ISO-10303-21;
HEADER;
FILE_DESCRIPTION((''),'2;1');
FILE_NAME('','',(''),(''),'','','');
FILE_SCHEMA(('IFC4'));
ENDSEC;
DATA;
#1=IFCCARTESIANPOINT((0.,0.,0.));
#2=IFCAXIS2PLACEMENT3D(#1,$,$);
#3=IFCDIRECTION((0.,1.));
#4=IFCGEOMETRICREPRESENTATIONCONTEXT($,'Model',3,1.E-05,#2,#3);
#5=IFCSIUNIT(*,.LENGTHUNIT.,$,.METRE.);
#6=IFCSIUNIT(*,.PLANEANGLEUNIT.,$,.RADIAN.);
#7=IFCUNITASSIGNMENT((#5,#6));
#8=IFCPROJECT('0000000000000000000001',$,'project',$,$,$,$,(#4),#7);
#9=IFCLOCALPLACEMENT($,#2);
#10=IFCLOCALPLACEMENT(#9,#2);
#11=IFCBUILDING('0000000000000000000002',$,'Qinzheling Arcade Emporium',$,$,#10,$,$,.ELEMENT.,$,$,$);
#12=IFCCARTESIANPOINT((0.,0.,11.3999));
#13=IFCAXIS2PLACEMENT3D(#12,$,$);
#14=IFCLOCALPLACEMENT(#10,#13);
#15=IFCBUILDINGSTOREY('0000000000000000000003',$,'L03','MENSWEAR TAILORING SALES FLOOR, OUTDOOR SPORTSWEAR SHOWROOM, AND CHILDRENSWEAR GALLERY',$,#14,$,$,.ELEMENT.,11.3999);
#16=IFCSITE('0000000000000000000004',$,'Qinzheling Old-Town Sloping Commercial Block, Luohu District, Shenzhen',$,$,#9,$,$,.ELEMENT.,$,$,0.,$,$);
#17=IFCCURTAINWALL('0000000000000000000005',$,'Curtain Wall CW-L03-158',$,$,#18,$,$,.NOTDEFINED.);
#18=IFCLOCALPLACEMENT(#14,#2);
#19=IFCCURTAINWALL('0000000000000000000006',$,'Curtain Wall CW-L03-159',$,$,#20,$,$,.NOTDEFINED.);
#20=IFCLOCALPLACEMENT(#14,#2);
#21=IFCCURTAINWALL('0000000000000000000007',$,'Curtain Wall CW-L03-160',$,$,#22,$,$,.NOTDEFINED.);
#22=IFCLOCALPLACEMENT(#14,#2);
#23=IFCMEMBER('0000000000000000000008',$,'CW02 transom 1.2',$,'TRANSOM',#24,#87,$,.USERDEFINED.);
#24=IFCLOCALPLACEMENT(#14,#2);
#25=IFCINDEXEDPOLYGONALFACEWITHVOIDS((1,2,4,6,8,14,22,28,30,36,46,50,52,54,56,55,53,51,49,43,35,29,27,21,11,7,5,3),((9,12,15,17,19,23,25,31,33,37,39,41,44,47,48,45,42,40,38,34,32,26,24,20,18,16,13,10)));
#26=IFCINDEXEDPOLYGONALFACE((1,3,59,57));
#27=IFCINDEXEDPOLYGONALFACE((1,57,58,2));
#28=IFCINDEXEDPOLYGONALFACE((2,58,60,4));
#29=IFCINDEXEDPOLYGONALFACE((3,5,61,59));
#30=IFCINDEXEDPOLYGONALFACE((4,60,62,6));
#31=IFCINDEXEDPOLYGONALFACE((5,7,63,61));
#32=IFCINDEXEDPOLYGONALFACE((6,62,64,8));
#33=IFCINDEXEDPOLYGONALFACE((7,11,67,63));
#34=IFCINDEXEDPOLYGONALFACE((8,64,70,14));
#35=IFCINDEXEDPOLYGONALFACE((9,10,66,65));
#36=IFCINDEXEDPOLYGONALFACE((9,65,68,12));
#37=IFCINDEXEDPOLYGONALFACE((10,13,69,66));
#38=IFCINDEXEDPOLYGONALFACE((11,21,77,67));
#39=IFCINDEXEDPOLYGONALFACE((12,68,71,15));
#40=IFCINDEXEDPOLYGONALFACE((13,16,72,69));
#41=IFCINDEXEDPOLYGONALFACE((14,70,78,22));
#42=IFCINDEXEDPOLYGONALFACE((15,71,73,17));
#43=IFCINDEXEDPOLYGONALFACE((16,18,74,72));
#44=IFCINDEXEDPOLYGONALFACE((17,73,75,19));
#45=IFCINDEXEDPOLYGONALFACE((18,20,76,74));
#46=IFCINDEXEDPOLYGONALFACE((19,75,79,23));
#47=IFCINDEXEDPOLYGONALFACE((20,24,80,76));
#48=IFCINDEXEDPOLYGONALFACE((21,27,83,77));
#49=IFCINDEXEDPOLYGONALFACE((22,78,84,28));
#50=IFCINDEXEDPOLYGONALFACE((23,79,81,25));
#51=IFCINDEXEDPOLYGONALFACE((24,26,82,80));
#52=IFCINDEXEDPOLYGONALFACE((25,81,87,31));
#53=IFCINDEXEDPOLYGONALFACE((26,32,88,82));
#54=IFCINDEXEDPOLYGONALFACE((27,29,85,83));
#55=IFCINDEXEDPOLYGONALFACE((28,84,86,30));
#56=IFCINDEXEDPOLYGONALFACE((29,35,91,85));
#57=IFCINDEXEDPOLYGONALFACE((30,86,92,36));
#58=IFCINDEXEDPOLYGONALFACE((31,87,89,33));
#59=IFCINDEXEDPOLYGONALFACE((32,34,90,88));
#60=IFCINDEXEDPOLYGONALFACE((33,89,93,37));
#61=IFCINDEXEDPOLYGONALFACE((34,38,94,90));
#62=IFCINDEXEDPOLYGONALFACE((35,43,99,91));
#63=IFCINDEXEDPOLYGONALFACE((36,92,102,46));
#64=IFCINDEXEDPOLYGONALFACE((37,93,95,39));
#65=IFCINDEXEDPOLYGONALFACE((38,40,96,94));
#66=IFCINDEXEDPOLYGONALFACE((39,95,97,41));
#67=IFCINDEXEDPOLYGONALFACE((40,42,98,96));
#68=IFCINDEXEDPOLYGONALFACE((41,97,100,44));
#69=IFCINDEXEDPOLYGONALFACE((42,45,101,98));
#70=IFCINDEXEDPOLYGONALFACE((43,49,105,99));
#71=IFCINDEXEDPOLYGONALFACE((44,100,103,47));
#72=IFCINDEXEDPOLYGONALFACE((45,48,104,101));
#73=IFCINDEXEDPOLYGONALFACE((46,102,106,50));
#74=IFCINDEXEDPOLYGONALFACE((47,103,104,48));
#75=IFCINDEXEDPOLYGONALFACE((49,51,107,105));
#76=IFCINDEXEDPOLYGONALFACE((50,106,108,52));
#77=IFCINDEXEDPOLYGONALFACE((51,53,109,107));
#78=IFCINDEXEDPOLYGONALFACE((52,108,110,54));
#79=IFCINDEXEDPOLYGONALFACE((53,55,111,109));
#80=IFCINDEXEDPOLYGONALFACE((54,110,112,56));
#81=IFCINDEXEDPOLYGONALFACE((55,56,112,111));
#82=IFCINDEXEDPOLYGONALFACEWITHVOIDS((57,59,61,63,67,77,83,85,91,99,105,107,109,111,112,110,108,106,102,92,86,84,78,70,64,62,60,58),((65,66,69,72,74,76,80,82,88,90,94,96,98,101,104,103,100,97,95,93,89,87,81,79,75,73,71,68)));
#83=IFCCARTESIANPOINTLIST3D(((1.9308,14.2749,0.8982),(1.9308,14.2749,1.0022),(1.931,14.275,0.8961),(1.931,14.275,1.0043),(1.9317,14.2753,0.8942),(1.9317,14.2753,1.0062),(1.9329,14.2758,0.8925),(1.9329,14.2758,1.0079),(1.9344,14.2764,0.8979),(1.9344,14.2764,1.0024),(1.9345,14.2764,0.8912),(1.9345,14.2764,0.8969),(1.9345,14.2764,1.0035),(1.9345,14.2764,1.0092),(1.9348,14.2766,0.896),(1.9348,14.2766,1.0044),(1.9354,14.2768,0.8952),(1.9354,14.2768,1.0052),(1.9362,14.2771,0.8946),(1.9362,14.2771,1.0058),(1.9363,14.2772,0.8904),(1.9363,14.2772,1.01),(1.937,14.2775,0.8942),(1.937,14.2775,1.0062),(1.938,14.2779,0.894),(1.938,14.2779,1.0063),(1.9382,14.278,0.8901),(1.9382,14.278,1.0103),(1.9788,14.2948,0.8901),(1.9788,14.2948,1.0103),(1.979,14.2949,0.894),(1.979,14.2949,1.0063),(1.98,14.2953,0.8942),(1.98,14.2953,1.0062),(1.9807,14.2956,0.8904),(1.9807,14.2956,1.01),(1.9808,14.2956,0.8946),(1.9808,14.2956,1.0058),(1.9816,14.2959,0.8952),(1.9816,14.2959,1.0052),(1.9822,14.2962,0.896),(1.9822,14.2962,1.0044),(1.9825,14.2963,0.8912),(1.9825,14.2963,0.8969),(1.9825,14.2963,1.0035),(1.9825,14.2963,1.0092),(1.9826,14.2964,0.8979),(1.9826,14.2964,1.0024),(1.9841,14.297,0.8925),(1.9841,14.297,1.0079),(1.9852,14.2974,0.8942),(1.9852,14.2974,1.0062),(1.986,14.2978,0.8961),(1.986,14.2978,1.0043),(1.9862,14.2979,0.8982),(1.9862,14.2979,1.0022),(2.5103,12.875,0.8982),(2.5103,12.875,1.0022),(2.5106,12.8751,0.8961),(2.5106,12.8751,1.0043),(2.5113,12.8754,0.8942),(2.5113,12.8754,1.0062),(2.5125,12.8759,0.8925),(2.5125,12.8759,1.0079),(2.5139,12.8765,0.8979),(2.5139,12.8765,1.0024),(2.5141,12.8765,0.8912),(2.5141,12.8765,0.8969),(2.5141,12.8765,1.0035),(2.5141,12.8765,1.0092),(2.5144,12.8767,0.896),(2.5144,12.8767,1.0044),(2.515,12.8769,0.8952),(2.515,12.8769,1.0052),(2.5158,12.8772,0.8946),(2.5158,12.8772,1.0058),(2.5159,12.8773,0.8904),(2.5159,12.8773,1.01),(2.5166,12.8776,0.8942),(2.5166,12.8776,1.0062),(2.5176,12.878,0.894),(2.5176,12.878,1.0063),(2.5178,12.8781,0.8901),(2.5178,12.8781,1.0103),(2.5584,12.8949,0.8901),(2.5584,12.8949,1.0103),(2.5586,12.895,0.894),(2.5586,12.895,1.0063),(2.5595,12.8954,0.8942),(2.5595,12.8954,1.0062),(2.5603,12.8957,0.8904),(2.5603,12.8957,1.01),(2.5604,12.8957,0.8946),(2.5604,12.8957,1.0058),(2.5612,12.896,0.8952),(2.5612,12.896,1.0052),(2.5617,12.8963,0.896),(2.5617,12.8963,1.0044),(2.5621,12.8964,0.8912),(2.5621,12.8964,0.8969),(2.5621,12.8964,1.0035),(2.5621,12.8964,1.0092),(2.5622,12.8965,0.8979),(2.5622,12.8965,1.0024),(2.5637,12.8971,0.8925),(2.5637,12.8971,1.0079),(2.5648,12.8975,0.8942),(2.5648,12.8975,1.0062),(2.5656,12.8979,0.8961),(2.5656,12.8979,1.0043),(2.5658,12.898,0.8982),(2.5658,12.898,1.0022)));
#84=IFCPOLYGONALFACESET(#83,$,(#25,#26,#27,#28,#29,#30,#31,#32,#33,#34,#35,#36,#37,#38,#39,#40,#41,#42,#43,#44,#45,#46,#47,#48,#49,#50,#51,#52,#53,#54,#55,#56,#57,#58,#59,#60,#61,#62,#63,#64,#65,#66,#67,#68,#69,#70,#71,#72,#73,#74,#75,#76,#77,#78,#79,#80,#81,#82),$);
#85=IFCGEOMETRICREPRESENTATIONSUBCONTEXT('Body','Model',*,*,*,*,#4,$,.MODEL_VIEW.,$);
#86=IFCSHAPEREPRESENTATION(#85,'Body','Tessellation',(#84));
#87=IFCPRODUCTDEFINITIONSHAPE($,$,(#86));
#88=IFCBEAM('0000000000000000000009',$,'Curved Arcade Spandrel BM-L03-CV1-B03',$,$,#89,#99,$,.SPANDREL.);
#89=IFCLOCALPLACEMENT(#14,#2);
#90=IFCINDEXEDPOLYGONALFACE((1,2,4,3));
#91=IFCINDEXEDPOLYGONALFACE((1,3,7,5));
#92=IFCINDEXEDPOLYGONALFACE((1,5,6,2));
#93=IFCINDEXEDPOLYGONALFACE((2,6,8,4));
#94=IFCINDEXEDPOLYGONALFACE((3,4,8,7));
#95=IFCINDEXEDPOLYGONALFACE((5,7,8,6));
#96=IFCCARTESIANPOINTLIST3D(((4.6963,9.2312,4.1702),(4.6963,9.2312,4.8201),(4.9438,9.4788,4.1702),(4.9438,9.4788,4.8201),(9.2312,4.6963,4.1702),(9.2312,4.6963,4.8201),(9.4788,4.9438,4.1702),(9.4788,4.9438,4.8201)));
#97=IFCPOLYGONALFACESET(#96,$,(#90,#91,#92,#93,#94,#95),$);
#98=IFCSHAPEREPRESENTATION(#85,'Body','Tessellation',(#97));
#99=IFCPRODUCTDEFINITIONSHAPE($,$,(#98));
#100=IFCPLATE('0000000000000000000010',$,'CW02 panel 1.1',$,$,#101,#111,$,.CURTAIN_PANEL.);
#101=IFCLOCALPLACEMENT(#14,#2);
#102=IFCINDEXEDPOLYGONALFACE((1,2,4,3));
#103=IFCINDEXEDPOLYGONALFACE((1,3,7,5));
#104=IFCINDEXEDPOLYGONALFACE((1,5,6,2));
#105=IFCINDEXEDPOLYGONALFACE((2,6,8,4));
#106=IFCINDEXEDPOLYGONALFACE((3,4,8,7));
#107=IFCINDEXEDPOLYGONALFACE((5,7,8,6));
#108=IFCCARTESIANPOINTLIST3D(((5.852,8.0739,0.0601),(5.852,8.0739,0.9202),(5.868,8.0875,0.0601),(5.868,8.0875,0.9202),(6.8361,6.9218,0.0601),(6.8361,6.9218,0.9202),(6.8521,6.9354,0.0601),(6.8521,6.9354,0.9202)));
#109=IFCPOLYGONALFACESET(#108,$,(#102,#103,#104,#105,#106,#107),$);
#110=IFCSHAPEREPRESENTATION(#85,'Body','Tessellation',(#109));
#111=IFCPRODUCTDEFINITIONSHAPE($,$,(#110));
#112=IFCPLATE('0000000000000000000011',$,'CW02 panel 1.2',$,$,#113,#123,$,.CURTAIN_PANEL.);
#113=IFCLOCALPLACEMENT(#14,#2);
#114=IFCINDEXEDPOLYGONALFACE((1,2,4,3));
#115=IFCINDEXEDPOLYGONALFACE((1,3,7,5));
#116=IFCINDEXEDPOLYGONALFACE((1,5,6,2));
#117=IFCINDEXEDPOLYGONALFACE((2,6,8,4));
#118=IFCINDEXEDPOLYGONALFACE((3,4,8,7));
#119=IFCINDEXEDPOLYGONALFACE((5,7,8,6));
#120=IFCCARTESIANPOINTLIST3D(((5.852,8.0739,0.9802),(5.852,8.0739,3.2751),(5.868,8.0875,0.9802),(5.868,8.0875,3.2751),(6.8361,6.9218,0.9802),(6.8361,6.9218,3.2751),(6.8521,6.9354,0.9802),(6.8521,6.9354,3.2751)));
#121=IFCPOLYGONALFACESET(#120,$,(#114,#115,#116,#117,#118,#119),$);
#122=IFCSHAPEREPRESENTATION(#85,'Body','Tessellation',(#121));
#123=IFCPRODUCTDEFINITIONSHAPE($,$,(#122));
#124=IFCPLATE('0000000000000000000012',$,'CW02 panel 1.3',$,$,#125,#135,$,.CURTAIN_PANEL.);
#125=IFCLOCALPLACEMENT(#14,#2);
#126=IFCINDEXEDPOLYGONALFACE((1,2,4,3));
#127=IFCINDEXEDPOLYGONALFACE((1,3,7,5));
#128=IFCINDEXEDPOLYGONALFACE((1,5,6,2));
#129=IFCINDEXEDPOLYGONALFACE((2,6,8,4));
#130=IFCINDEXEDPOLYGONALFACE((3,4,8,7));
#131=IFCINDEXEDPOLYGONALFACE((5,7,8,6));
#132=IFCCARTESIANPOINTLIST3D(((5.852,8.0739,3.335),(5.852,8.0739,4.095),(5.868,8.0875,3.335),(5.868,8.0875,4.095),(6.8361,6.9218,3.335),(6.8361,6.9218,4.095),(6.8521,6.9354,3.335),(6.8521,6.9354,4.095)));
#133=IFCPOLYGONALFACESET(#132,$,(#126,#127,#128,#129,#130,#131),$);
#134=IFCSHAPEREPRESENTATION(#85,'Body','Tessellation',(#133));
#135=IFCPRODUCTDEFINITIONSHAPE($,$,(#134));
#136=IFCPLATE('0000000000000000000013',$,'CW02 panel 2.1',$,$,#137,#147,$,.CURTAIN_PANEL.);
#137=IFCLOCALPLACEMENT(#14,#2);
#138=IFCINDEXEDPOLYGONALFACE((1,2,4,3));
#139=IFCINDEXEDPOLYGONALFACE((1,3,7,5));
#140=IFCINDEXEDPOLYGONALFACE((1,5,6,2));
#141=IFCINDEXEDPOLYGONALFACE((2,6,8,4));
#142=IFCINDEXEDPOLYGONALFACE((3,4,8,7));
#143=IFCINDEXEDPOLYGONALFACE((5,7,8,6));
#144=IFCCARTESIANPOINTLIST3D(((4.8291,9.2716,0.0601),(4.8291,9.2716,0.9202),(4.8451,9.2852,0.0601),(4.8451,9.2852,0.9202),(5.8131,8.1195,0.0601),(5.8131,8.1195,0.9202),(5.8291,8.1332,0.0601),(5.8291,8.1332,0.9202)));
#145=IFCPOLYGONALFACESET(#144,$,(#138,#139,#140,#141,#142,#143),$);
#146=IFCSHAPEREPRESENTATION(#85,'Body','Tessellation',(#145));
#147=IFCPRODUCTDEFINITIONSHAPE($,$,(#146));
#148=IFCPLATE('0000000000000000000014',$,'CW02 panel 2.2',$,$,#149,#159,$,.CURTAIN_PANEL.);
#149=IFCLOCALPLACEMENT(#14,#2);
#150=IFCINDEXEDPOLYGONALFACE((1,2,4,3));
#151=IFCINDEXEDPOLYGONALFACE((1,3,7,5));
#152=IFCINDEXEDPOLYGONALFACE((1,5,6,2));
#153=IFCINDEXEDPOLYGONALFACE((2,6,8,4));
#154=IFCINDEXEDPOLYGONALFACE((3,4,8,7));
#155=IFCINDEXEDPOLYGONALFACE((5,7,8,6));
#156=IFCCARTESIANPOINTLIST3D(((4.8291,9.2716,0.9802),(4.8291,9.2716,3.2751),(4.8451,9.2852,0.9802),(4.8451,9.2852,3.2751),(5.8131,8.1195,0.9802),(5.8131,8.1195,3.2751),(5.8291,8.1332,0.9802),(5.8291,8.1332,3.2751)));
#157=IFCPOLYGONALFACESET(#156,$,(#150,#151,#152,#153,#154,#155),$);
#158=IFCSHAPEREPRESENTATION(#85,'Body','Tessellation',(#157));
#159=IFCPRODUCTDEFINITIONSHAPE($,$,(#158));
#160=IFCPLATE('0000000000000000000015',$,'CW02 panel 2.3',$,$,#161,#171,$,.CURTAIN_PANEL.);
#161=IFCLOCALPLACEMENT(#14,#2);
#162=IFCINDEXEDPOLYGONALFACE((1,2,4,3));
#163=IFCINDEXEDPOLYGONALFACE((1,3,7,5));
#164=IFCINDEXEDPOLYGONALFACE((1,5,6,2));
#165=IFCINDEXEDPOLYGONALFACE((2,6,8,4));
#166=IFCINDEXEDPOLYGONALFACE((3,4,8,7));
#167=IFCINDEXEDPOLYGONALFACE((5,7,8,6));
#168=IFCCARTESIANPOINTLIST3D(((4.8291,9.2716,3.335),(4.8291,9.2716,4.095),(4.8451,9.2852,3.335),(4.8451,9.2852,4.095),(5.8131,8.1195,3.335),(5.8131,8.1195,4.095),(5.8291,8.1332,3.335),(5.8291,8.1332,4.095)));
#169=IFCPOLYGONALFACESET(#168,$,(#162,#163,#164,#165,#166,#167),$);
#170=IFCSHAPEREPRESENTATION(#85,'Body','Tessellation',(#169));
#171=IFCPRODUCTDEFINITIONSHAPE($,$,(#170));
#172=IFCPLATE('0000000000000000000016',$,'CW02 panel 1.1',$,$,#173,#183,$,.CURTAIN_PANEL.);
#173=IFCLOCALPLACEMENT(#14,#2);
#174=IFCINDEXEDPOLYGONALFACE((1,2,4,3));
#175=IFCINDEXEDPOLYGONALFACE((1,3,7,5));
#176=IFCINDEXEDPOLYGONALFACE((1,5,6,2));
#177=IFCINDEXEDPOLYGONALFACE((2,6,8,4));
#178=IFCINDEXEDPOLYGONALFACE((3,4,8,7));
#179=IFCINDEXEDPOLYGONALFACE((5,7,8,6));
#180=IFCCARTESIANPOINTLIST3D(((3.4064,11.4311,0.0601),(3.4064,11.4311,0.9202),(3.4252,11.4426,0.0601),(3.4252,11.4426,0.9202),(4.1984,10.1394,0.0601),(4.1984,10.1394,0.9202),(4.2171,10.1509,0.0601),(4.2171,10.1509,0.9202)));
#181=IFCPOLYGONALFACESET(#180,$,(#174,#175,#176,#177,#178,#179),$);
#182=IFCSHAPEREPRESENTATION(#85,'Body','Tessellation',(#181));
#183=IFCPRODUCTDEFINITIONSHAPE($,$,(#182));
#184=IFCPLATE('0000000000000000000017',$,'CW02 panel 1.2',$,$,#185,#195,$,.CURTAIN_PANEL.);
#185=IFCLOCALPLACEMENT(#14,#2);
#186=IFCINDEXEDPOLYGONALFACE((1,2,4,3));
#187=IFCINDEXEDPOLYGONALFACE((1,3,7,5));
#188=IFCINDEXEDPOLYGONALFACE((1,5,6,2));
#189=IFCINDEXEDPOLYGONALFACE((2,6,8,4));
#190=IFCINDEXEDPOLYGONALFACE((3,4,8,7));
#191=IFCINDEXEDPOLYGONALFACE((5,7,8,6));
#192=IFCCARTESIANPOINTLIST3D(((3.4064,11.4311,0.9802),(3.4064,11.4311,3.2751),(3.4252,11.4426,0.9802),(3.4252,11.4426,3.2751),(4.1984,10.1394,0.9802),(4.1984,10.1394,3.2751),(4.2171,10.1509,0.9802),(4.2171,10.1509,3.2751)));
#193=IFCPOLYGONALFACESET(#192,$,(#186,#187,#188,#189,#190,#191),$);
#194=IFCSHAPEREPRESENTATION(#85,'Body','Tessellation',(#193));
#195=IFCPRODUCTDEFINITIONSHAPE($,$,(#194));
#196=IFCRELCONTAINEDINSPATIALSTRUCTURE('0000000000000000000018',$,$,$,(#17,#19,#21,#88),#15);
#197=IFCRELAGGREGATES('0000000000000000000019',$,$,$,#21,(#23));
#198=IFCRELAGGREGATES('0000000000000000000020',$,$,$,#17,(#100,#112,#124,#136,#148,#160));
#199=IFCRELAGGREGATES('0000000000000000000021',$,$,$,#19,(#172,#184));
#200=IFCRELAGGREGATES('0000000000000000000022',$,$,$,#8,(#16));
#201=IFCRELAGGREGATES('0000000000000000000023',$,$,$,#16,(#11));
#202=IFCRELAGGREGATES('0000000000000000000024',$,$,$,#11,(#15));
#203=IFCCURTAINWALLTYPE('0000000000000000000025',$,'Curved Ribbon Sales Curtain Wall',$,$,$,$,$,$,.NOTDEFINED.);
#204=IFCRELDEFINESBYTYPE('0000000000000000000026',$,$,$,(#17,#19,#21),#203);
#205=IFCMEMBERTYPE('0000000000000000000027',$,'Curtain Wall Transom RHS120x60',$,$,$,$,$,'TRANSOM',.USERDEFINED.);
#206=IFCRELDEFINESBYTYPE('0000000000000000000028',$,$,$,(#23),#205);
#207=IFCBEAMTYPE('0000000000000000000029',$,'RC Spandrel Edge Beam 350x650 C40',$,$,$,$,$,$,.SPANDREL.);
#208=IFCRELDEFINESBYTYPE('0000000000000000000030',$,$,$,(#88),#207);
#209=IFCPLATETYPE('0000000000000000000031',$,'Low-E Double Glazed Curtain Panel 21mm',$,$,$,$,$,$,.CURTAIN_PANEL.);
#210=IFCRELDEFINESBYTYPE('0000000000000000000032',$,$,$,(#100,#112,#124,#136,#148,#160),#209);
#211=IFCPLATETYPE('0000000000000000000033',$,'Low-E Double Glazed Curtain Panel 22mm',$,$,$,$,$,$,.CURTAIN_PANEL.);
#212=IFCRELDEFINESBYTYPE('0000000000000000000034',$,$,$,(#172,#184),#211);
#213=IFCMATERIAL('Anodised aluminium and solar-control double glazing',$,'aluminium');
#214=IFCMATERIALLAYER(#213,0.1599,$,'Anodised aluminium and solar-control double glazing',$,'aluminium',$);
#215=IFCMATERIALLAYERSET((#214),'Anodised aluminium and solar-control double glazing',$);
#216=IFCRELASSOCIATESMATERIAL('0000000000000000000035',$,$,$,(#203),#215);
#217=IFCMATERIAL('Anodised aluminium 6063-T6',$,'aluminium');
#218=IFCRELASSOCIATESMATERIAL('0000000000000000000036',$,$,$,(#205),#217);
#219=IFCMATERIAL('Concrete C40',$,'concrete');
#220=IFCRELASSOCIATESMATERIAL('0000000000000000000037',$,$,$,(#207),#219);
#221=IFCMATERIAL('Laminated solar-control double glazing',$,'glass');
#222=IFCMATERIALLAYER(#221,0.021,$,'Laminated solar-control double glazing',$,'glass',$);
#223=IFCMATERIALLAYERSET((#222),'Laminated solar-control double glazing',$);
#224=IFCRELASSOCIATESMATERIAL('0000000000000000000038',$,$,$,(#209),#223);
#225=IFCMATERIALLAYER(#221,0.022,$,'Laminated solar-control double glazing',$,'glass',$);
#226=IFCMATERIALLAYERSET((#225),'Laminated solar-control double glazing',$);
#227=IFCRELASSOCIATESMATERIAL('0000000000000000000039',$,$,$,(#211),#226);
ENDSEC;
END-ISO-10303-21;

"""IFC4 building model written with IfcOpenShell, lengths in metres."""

from ifc_helpers import new_model, si_unit, direction, frame, origin, origin_2d, place, context, subcontext, project, spatial, rectangle, hollow_rectangle, extrude, material, layer, layer_set, material_profile, profile_set, type_object, element, aggregate, save


model = new_model("IFC4")

# Units and contexts
model_context = context("Model", 3, precision=1e-05, world=origin(), true_north=direction((0.0, 1.0)))
body_context = subcontext(model_context, "Body", "Model", "MODEL_VIEW")
ifc_project = project(units=[si_unit("LENGTHUNIT", "METRE"), si_unit("PLANEANGLEUNIT", "RADIAN")], contexts=[model_context])

# Site, building, storey
site_placement = place(None, origin())
site = spatial("IfcSite", under=ifc_project, at=site_placement, Name="Qinzheling Old-Town Sloping Commercial Block, Luohu District, Shenzhen", CompositionType="ELEMENT", RefElevation=0.0)
building_placement = place(site_placement, origin())
building = spatial("IfcBuilding", under=site, at=building_placement, Name="Qinzheling Arcade Emporium", CompositionType="ELEMENT")
storey_placement = place(building_placement, frame((0.0, 0.0, 11.3999)))
storey = spatial("IfcBuildingStorey", under=building, at=storey_placement, Name="L03", Description="MENSWEAR TAILORING SALES FLOOR, OUTDOOR SPORTSWEAR SHOWROOM, AND CHILDRENSWEAR GALLERY", CompositionType="ELEMENT", Elevation=11.3999)

# Curtain walls
ifc_material_1 = material(Name="Anodised aluminium and solar-control double glazing", Category="aluminium")
ifc_layer_1 = layer(ifc_material_1, 0.1599, Name="Anodised aluminium and solar-control double glazing", Category="aluminium")
ifc_layer_set_1 = layer_set([ifc_layer_1], Name="Anodised aluminium and solar-control double glazing")
curtain_wall_type = type_object("IfcCurtainWallType", Name="Curved Ribbon Sales Curtain Wall", PredefinedType="NOTDEFINED", material=ifc_layer_set_1)
curtain_wall_1_placement = place(storey_placement, origin())
curtain_wall_1 = element("IfcCurtainWall", 1, at=curtain_wall_1_placement, inside=storey, type_object=curtain_wall_type, Name="Curtain Wall CW-L03-158", PredefinedType="NOTDEFINED")
ifc_material_2 = material(Name="Anodised aluminium 6063-T6", Category="aluminium")
curtain_wall_2_placement = place(storey_placement, origin())
curtain_wall_2 = element("IfcCurtainWall", 2, at=curtain_wall_2_placement, inside=storey, type_object=curtain_wall_type, Name="Curtain Wall CW-L03-159", PredefinedType="NOTDEFINED")

# Curtain wall
curtain_wall_3_placement = place(storey_placement, origin())
curtain_wall_3 = element("IfcCurtainWall", 3, at=curtain_wall_3_placement, inside=storey, type_object=curtain_wall_type, Name="Curtain Wall CW-L03-160", PredefinedType="NOTDEFINED")

# Member
ifc_material_profile_1 = material_profile(ifc_material_2, hollow_rectangle(XDim=0.0601, YDim=0.1201, WallThickness=0.0039, InnerFilletRadius=0.0039, OuterFilletRadius=0.0081, at=origin_2d()), Name="RHS 120x60x4", Category="aluminium")
ifc_profile_set_1 = profile_set([ifc_material_profile_1], Name="Anodised aluminium 6063-T6")
member_type_1 = type_object("IfcMemberType", Name="Curtain Wall Transom RHS120x60", ElementType="TRANSOM", PredefinedType="USERDEFINED", material=ifc_profile_set_1)
member_1_placement = place(storey_placement, frame((2.5381, 12.8865, 0.9502), z_axis=(-0.382532, 0.923942, 0.0), x_axis=(-0.923942, -0.382532, 0.0)))
member_1 = element("IfcMember", 4, at=member_1_placement, type_object=member_type_1, Name="CW02 transom 1.2", ObjectType="TRANSOM", PredefinedType="USERDEFINED", context=body_context, shape_type="SweptSolid", body=[
    extrude(hollow_rectangle(XDim=0.0601, YDim=0.1201, WallThickness=0.0039, InnerFilletRadius=0.0039, OuterFilletRadius=0.0081, at=origin_2d()), origin(), (0.0, 0.0, 1.0), 1.5151),
])
aggregate(curtain_wall_3, [member_1])

# Beam
ifc_material_3 = material(Name="Concrete C40", Category="concrete")
ifc_material_profile_2 = material_profile(ifc_material_3, rectangle(XDim=0.3501, YDim=0.6499, at=origin_2d()), Name="RC 350x650", Category="concrete")
ifc_profile_set_2 = profile_set([ifc_material_profile_2], Name="Concrete C40")
beam_type = type_object("IfcBeamType", Name="RC Spandrel Edge Beam 350x650 C40", PredefinedType="SPANDREL", material=ifc_profile_set_2)
beam_placement = place(storey_placement, frame((4.8201, 9.355, 4.4951), z_axis=(0.707107, -0.707107, 0.0), x_axis=(0.707107, 0.707107, 0.0)))
element("IfcBeam", 5, at=beam_placement, inside=storey, type_object=beam_type, Name="Curved Arcade Spandrel BM-L03-CV1-B03", PredefinedType="SPANDREL", context=body_context, shape_type="SweptSolid", body=[
    extrude(rectangle(XDim=0.3501, YDim=0.6499, at=origin_2d()), origin(), (0.0, 0.0, 1.0), 6.4133),
])

# Plates
ifc_material_4 = material(Name="Laminated solar-control double glazing", Category="glass")
ifc_layer_2 = layer(ifc_material_4, 0.021, Name="Laminated solar-control double glazing", Category="glass")
ifc_layer_set_2 = layer_set([ifc_layer_2], Name="Laminated solar-control double glazing")
plate_type_1 = type_object("IfcPlateType", Name="Low-E Double Glazed Curtain Panel 21mm", PredefinedType="CURTAIN_PANEL", material=ifc_layer_set_2)
plate_1_placement = place(storey_placement, frame((6.3521, 7.5046, 0.0601), z_axis=(0.0, 0.0, 1.0), x_axis=(-0.649482, 0.760377, 0.0)))
plate_1 = element("IfcPlate", 6, at=plate_1_placement, type_object=plate_type_1, Name="CW02 panel 1.1", PredefinedType="CURTAIN_PANEL", context=body_context, shape_type="SweptSolid", body=[
    extrude(rectangle(XDim=1.5151, YDim=0.021, at=origin_2d()), origin(), (0.0, 0.0, 1.0), 0.8601),
])
plate_2_placement = place(storey_placement, frame((6.3521, 7.5046, 0.9802), z_axis=(0.0, 0.0, 1.0), x_axis=(-0.649482, 0.760377, 0.0)))
plate_2 = element("IfcPlate", 7, at=plate_2_placement, type_object=plate_type_1, Name="CW02 panel 1.2", PredefinedType="CURTAIN_PANEL", context=body_context, shape_type="SweptSolid", body=[
    extrude(rectangle(XDim=1.5151, YDim=0.021, at=origin_2d()), origin(), (0.0, 0.0, 1.0), 2.2949),
])
plate_3_placement = place(storey_placement, frame((6.3521, 7.5046, 3.335), z_axis=(0.0, 0.0, 1.0), x_axis=(-0.649482, 0.760377, 0.0)))
plate_3 = element("IfcPlate", 8, at=plate_3_placement, type_object=plate_type_1, Name="CW02 panel 1.3", PredefinedType="CURTAIN_PANEL", context=body_context, shape_type="SweptSolid", body=[
    extrude(rectangle(XDim=1.5151, YDim=0.021, at=origin_2d()), origin(), (0.0, 0.0, 1.0), 0.76),
])
plate_4_placement = place(storey_placement, frame((5.3291, 8.7024, 0.0601), z_axis=(0.0, 0.0, 1.0), x_axis=(-0.649482, 0.760377, 0.0)))
plate_4 = element("IfcPlate", 9, at=plate_4_placement, type_object=plate_type_1, Name="CW02 panel 2.1", PredefinedType="CURTAIN_PANEL", context=body_context, shape_type="SweptSolid", body=[
    extrude(rectangle(XDim=1.5151, YDim=0.021, at=origin_2d()), origin(), (0.0, 0.0, 1.0), 0.8601),
])
plate_5_placement = place(storey_placement, frame((5.3291, 8.7024, 0.9802), z_axis=(0.0, 0.0, 1.0), x_axis=(-0.649482, 0.760377, 0.0)))
plate_5 = element("IfcPlate", 10, at=plate_5_placement, type_object=plate_type_1, Name="CW02 panel 2.2", PredefinedType="CURTAIN_PANEL", context=body_context, shape_type="SweptSolid", body=[
    extrude(rectangle(XDim=1.5151, YDim=0.021, at=origin_2d()), origin(), (0.0, 0.0, 1.0), 2.2949),
])
plate_6_placement = place(storey_placement, frame((5.3291, 8.7024, 3.335), z_axis=(0.0, 0.0, 1.0), x_axis=(-0.649482, 0.760377, 0.0)))
plate_6 = element("IfcPlate", 11, at=plate_6_placement, type_object=plate_type_1, Name="CW02 panel 2.3", PredefinedType="CURTAIN_PANEL", context=body_context, shape_type="SweptSolid", body=[
    extrude(rectangle(XDim=1.5151, YDim=0.021, at=origin_2d()), origin(), (0.0, 0.0, 1.0), 0.76),
])
aggregate(curtain_wall_1, [plate_1, plate_2, plate_3, plate_4, plate_5, plate_6])
ifc_layer_3 = layer(ifc_material_4, 0.022, Name="Laminated solar-control double glazing", Category="glass")
ifc_layer_set_3 = layer_set([ifc_layer_3], Name="Laminated solar-control double glazing")
plate_type_2 = type_object("IfcPlateType", Name="Low-E Double Glazed Curtain Panel 22mm", PredefinedType="CURTAIN_PANEL", material=ifc_layer_set_3)
plate_7_placement = place(storey_placement, frame((3.8118, 10.791, 0.0601), z_axis=(0.0, 0.0, 1.0), x_axis=(-0.522672, 0.852534, 0.0)))
plate_7 = element("IfcPlate", 12, at=plate_7_placement, type_object=plate_type_2, Name="CW02 panel 1.1", PredefinedType="CURTAIN_PANEL", context=body_context, shape_type="SweptSolid", body=[
    extrude(rectangle(XDim=1.5151, YDim=0.022, at=origin_2d()), origin(), (0.0, 0.0, 1.0), 0.8601),
])
plate_8_placement = place(storey_placement, frame((3.8118, 10.791, 0.9802), z_axis=(0.0, 0.0, 1.0), x_axis=(-0.522672, 0.852534, 0.0)))
plate_8 = element("IfcPlate", 13, at=plate_8_placement, type_object=plate_type_2, Name="CW02 panel 1.2", PredefinedType="CURTAIN_PANEL", context=body_context, shape_type="SweptSolid", body=[
    extrude(rectangle(XDim=1.5151, YDim=0.022, at=origin_2d()), origin(), (0.0, 0.0, 1.0), 2.2949),
])
aggregate(curtain_wall_2, [plate_7, plate_8])

save(model, "model.ifc")
